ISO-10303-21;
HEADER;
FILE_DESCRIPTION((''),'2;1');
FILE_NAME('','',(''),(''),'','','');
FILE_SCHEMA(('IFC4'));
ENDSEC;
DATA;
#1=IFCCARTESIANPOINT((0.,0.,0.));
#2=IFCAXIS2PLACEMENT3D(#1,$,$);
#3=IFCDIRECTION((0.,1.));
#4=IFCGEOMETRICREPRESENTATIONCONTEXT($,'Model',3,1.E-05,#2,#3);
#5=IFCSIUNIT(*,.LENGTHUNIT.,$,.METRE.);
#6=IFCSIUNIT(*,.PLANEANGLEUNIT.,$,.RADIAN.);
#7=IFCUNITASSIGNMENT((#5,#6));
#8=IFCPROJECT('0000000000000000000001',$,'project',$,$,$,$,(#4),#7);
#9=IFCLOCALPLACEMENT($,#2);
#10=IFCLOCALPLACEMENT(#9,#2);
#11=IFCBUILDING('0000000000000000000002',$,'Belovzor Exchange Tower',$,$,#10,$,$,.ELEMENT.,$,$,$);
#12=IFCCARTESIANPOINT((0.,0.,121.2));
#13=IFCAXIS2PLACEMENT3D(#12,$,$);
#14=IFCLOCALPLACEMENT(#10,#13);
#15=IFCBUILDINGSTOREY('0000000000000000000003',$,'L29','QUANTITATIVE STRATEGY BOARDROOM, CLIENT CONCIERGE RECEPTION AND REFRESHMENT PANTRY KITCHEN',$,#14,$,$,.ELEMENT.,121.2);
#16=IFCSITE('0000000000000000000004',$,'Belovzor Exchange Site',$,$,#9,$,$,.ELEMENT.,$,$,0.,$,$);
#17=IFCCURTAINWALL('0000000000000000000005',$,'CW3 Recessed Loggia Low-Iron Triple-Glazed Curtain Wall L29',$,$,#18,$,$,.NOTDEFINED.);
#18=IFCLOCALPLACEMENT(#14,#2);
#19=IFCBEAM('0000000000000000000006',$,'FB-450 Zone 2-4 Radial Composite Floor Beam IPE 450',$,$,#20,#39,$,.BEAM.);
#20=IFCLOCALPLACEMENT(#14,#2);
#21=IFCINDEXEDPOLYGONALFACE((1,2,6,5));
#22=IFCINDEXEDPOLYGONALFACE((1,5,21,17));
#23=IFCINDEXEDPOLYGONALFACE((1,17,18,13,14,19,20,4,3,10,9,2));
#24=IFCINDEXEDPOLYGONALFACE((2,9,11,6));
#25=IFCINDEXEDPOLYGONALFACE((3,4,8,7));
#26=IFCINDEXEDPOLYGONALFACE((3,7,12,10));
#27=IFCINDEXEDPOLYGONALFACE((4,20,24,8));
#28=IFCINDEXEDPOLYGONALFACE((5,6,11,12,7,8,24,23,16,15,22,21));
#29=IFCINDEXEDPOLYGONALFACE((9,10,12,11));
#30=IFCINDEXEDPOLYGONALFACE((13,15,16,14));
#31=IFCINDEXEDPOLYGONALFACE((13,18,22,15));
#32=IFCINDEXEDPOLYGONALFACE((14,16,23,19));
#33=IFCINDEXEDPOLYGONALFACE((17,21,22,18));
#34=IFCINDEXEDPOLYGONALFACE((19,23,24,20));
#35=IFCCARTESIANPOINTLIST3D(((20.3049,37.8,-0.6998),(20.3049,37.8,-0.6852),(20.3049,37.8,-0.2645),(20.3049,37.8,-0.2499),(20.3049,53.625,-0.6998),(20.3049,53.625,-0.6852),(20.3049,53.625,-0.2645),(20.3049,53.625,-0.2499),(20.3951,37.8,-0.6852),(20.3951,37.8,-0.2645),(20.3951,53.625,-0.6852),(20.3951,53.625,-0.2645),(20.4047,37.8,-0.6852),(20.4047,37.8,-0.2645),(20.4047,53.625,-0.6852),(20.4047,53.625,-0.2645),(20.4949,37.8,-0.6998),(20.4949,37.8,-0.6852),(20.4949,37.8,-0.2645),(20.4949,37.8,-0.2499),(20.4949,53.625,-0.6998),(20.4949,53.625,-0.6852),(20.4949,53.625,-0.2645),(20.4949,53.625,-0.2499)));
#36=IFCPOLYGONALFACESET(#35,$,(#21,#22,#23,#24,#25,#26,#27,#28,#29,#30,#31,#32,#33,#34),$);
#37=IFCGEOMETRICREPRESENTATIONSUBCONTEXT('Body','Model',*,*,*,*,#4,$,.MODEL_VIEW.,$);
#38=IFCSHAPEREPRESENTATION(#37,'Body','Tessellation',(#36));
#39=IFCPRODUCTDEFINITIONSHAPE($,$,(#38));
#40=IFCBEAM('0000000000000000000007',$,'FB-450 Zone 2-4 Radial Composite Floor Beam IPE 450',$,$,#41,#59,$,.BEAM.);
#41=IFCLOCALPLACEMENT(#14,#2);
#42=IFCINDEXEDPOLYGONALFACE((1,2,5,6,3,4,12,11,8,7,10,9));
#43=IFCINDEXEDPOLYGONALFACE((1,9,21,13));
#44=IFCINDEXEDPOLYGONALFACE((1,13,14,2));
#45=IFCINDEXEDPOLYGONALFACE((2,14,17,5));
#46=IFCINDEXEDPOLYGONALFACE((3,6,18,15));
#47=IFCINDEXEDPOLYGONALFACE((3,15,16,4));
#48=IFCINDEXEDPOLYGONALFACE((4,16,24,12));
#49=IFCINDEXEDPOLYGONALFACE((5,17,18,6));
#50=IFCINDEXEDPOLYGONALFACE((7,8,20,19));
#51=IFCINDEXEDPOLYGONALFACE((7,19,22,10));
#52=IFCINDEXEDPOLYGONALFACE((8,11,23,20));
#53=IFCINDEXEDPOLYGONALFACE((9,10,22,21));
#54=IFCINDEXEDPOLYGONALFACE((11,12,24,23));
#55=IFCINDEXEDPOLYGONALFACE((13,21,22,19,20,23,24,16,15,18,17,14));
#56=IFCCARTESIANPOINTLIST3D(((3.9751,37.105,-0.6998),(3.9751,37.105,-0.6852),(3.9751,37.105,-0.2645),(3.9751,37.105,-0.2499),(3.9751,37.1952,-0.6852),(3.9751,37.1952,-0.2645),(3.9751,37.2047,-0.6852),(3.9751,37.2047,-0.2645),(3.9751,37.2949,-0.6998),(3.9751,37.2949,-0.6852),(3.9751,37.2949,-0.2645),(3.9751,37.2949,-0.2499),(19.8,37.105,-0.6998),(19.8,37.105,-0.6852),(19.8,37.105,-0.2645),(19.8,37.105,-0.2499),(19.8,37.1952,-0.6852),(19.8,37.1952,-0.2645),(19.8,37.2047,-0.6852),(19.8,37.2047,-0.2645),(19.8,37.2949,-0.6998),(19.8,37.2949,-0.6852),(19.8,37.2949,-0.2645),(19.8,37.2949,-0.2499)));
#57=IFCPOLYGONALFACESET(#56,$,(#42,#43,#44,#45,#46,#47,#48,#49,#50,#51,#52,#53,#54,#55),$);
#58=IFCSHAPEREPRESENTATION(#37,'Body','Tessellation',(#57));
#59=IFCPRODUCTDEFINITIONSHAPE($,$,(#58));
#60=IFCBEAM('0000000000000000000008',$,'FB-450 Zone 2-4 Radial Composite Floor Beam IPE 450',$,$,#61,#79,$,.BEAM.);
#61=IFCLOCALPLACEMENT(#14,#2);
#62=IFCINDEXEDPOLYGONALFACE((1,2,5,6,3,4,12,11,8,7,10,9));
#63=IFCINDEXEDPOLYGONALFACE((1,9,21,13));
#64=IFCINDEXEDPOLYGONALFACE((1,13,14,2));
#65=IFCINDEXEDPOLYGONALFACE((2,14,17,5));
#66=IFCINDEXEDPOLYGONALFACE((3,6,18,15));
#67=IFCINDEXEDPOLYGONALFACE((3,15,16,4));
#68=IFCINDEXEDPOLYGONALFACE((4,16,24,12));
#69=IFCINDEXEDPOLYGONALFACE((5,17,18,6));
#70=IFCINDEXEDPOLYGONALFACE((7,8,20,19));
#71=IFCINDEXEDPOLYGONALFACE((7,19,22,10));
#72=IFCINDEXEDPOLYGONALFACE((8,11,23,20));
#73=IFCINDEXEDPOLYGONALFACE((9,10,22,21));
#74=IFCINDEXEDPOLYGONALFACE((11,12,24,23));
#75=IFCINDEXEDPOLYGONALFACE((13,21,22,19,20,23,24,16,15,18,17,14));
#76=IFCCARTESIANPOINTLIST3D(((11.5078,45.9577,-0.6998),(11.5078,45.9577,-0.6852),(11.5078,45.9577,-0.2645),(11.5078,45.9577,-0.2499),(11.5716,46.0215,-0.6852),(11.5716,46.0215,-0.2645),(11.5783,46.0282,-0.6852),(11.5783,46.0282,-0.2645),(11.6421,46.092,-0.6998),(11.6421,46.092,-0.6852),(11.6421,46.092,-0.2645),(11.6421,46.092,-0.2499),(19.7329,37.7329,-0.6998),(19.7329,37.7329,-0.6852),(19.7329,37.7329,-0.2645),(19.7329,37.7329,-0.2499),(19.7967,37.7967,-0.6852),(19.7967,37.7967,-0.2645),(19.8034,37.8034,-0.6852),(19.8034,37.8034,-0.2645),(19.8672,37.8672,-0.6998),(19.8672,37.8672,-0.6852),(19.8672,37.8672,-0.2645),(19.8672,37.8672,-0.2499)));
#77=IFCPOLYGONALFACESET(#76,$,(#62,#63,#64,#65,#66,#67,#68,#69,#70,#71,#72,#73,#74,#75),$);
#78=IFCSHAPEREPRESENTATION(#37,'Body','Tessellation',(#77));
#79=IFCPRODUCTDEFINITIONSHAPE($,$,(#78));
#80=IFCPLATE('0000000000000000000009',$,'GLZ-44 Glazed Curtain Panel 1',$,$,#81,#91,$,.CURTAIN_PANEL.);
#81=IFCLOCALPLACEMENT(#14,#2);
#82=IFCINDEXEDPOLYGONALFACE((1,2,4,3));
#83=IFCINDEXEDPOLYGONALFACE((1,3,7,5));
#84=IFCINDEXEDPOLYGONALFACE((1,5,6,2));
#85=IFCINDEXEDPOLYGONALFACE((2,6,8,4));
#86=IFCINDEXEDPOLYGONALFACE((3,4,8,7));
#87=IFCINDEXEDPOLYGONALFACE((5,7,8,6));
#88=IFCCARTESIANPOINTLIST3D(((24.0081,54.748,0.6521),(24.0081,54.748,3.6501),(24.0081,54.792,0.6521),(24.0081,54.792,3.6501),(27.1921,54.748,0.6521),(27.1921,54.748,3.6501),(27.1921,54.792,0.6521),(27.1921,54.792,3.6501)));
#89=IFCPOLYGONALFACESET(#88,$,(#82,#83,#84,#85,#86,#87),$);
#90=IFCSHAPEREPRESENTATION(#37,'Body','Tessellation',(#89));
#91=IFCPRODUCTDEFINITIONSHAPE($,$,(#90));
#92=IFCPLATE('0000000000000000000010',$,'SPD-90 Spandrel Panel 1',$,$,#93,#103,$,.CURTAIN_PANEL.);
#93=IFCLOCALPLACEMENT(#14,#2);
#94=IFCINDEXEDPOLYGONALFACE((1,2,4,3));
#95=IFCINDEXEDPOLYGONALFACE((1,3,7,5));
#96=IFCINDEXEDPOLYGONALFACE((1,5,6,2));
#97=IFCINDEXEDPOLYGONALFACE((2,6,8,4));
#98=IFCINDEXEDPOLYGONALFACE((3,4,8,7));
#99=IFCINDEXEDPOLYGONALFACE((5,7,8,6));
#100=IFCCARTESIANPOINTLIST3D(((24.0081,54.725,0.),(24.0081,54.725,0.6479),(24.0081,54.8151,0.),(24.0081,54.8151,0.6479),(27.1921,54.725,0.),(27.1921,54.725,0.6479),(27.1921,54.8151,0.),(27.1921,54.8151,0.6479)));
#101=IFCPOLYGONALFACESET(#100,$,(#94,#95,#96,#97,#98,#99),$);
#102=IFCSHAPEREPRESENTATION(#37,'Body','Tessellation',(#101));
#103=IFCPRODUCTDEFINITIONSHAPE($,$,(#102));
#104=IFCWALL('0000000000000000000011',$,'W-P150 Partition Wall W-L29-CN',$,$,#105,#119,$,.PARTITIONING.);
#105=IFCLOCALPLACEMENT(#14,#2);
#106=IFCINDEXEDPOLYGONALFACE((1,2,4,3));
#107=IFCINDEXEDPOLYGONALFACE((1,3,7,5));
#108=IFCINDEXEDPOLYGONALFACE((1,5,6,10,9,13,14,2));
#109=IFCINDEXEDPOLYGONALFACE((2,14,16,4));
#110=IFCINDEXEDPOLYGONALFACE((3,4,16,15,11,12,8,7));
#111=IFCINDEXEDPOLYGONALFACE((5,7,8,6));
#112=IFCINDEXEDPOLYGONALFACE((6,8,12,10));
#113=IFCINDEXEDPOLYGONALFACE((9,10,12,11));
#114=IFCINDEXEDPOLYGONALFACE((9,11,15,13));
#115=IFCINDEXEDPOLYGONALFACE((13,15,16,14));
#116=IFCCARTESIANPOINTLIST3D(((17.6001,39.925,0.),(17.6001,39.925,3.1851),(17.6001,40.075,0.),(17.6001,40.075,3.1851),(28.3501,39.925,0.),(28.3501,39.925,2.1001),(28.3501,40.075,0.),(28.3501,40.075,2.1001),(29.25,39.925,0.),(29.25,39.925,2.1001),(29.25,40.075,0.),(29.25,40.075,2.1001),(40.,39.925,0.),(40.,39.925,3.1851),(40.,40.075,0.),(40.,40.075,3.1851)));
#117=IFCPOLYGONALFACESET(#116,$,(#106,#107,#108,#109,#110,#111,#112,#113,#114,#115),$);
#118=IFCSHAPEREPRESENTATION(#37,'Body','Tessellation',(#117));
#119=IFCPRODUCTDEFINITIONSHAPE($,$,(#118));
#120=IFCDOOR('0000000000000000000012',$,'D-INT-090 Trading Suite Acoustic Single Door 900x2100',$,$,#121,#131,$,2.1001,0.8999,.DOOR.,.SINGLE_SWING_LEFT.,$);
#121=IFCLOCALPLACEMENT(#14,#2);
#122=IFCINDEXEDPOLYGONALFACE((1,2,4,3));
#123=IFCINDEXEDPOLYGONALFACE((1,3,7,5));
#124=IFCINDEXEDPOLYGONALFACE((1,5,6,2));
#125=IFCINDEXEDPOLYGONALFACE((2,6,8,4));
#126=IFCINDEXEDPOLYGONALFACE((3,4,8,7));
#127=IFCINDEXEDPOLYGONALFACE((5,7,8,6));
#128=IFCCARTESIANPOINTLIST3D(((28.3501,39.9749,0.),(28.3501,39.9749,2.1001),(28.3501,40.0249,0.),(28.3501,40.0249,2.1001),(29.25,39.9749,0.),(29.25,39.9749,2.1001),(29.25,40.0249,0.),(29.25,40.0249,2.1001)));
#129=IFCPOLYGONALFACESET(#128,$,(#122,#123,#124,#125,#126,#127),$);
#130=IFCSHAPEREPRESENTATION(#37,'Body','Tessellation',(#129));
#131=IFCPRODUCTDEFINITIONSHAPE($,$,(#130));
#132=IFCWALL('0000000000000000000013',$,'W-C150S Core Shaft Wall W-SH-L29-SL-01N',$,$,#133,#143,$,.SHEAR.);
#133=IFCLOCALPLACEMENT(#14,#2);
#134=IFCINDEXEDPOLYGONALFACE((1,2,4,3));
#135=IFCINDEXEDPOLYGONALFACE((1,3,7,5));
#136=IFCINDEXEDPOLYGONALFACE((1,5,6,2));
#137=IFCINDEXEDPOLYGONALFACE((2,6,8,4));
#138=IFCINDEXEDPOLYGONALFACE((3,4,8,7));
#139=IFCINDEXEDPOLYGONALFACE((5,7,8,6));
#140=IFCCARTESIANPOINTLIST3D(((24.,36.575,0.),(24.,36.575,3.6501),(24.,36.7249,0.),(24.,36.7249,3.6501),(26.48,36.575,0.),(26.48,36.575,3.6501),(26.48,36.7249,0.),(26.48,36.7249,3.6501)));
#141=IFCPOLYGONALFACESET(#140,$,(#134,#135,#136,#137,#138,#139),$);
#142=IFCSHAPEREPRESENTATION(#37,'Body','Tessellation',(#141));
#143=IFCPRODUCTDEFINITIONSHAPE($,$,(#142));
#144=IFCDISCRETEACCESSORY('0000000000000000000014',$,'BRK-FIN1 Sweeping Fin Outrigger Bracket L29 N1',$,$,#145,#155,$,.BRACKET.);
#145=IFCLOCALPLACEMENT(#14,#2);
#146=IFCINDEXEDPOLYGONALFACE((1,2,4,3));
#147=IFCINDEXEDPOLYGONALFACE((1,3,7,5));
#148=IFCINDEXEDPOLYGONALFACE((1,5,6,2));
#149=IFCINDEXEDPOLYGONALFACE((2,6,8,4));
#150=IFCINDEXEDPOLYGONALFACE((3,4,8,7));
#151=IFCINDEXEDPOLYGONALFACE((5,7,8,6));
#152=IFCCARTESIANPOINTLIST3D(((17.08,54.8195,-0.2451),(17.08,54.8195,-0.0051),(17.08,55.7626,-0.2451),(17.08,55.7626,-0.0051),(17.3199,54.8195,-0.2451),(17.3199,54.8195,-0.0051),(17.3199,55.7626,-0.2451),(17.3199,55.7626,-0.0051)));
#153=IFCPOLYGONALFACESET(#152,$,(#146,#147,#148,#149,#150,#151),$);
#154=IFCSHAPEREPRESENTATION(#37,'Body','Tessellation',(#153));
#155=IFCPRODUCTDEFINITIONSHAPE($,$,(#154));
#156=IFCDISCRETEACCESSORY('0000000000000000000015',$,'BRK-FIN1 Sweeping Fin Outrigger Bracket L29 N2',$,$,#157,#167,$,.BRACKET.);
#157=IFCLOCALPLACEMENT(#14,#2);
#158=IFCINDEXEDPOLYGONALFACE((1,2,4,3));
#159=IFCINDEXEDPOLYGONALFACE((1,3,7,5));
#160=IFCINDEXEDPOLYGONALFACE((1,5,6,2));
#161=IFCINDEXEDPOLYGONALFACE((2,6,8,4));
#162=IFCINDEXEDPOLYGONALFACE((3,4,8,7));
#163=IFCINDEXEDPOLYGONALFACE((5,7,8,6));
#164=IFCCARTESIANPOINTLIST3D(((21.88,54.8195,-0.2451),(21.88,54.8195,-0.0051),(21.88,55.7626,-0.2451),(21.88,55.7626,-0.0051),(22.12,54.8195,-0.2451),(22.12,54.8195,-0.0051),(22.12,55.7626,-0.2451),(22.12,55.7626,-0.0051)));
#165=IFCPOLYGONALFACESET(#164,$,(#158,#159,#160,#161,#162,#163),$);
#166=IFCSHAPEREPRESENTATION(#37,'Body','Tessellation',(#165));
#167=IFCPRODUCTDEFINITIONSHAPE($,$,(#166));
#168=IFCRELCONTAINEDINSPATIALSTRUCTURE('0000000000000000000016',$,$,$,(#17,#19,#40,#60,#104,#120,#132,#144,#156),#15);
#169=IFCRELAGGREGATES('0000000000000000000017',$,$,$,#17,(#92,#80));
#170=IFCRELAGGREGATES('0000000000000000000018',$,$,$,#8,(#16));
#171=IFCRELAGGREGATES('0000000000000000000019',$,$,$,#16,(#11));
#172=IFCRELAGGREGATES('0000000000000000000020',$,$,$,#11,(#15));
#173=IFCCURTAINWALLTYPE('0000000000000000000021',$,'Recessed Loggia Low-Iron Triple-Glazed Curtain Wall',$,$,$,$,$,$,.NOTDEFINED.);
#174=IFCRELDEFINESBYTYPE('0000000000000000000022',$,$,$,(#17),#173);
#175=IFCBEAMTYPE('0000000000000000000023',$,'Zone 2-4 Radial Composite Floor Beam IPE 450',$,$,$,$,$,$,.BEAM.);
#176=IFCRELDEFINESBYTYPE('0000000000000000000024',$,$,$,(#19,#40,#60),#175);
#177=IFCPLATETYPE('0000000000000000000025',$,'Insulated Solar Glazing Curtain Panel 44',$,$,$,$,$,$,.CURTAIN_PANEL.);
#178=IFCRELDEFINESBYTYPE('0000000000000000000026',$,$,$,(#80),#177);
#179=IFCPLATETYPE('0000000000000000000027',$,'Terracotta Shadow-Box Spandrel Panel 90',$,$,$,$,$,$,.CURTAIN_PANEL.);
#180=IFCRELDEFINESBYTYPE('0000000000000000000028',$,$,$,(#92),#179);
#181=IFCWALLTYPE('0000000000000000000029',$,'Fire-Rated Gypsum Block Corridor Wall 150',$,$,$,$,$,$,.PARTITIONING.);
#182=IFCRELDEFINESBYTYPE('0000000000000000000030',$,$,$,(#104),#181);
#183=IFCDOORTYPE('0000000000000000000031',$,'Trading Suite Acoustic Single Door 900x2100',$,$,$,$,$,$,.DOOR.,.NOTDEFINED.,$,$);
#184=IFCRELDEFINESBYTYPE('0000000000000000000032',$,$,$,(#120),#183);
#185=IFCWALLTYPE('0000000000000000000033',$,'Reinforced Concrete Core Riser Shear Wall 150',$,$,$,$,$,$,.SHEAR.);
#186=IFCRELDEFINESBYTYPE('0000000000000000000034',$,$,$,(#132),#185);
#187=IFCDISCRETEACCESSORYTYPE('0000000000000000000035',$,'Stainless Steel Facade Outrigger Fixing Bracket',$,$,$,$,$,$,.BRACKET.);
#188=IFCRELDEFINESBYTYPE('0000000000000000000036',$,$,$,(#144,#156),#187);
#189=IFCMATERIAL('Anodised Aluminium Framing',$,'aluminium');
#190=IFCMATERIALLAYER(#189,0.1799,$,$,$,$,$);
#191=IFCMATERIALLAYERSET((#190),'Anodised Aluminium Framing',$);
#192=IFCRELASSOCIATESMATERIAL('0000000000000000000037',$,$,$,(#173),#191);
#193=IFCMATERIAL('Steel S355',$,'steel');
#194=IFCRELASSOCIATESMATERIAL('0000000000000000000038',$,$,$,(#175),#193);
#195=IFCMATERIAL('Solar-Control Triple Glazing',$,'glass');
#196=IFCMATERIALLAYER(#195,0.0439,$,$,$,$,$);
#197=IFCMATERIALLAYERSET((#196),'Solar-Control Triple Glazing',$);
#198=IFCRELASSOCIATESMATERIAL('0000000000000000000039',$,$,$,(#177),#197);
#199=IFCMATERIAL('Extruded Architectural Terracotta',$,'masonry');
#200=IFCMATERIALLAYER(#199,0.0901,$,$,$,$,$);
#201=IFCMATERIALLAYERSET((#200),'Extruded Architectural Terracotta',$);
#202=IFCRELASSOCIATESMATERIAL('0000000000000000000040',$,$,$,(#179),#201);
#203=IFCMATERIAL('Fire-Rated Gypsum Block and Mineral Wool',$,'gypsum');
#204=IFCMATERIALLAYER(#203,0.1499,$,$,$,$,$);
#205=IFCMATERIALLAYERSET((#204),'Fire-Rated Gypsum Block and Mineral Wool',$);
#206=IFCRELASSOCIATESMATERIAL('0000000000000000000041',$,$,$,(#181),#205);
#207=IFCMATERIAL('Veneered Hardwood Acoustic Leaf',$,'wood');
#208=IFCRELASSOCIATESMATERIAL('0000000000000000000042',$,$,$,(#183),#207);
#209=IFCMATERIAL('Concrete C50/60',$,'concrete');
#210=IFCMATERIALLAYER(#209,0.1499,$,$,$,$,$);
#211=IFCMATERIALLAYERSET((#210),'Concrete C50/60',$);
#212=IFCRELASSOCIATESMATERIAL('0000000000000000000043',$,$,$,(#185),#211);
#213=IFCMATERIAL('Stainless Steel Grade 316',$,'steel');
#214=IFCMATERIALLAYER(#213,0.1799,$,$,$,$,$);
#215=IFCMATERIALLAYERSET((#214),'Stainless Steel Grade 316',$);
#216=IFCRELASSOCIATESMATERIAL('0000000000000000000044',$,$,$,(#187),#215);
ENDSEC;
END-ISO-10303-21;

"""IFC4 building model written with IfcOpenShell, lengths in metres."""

from ifc_helpers import new_model, si_unit, direction, frame, frame_2d, origin, origin_2d, place, context, subcontext, project, spatial, rectangle, i_section, extrude, material, layer, layer_set, material_profile, profile_set, type_object, element, fill, aggregate, save


model = new_model("IFC4")

# Units and contexts
model_context = context("Model", 3, precision=1e-05, world=origin(), true_north=direction((0.0, 1.0)))
body_context = subcontext(model_context, "Body", "Model", "MODEL_VIEW")
ifc_project = project(units=[si_unit("LENGTHUNIT", "METRE"), si_unit("PLANEANGLEUNIT", "RADIAN")], contexts=[model_context])

# Site, building, storey
site_placement = place(None, origin())
site = spatial("IfcSite", under=ifc_project, at=site_placement, Name="Belovzor Exchange Site", CompositionType="ELEMENT", RefElevation=0.0)
building_placement = place(site_placement, origin())
building = spatial("IfcBuilding", under=site, at=building_placement, Name="Belovzor Exchange Tower", CompositionType="ELEMENT")
storey_placement = place(building_placement, frame((0.0, 0.0, 121.2)))
storey = spatial("IfcBuildingStorey", under=building, at=storey_placement, Name="L29", Description="QUANTITATIVE STRATEGY BOARDROOM, CLIENT CONCIERGE RECEPTION AND REFRESHMENT PANTRY KITCHEN", CompositionType="ELEMENT", Elevation=121.2)

# Curtain wall
ifc_material_1 = material(Name="Anodised Aluminium Framing", Category="aluminium")
ifc_layer_1 = layer(ifc_material_1, 0.1799)
ifc_layer_set_1 = layer_set([ifc_layer_1], Name="Anodised Aluminium Framing")
curtain_wall_type = type_object("IfcCurtainWallType", Name="Recessed Loggia Low-Iron Triple-Glazed Curtain Wall", PredefinedType="NOTDEFINED", material=ifc_layer_set_1)
curtain_wall_placement = place(storey_placement, origin())
curtain_wall = element("IfcCurtainWall", 1, at=curtain_wall_placement, inside=storey, type_object=curtain_wall_type, Name="CW3 Recessed Loggia Low-Iron Triple-Glazed Curtain Wall L29", PredefinedType="NOTDEFINED")

# Beams
ifc_material_2 = material(Name="Steel S355", Category="steel")
ifc_material_profile_1 = material_profile(ifc_material_2, i_section(OverallWidth=0.1899, OverallDepth=0.45, WebThickness=0.0095, FlangeThickness=0.0146, at=origin_2d()))
ifc_profile_set_1 = profile_set([ifc_material_profile_1], Name="Steel S355")
beam_type_1 = type_object("IfcBeamType", Name="Zone 2-4 Radial Composite Floor Beam IPE 450", PredefinedType="BEAM", material=ifc_profile_set_1)
for number, where, z_axis, x_axis, name in (
    (2, (20.3999, 37.8, -0.4749), (0.0, 1.0, 0.0), (-1.0, 0.0, 0.0), "FB-450 Zone 2-4 Radial Composite Floor Beam IPE 450"),
    (3, (19.8, 37.2, -0.4749), (-1.0, 0.0, 0.0), (0.0, -1.0, 0.0), "FB-450 Zone 2-4 Radial Composite Floor Beam IPE 450"),
):
    element("IfcBeam", number, at=place(storey_placement, frame(where, z_axis=z_axis, x_axis=x_axis)), inside=storey, type_object=beam_type_1, Name=name, PredefinedType="BEAM", context=body_context, shape_type="SweptSolid", body=[
        extrude(i_section(OverallWidth=0.1899, OverallDepth=0.45, WebThickness=0.0095, FlangeThickness=0.0146, at=origin_2d()), origin(), (0.0, 0.0, 1.0), 15.825),
    ])
beam_1_placement = place(storey_placement, frame((19.8, 37.8, -0.4749), z_axis=(-0.707117, 0.707096, 0.0), x_axis=(-0.707096, -0.707117, 0.0)))
element("IfcBeam", 4, at=beam_1_placement, inside=storey, type_object=beam_type_1, Name="FB-450 Zone 2-4 Radial Composite Floor Beam IPE 450", PredefinedType="BEAM", context=body_context, shape_type="SweptSolid", body=[
    extrude(i_section(OverallWidth=0.1899, OverallDepth=0.45, WebThickness=0.0095, FlangeThickness=0.0146, at=origin_2d()), origin(), (0.0, 0.0, 1.0), 11.6318),
])

# Plates
ifc_material_3 = material(Name="Solar-Control Triple Glazing", Category="glass")
ifc_layer_2 = layer(ifc_material_3, 0.0439)
ifc_layer_set_2 = layer_set([ifc_layer_2], Name="Solar-Control Triple Glazing")
plate_type_1 = type_object("IfcPlateType", Name="Insulated Solar Glazing Curtain Panel 44", PredefinedType="CURTAIN_PANEL", material=ifc_layer_set_2)
plate_1_placement = place(storey_placement, frame((25.6001, 54.77, 0.6521), z_axis=(0.0, 0.0, 1.0), x_axis=(1.0, 0.0, 0.0)))
plate_1 = element("IfcPlate", 5, at=plate_1_placement, type_object=plate_type_1, Name="GLZ-44 Glazed Curtain Panel 1", PredefinedType="CURTAIN_PANEL", context=body_context, shape_type="SweptSolid", body=[
    extrude(rectangle(XDim=3.1841, YDim=0.0439, at=origin_2d()), origin(), (0.0, 0.0, 1.0), 2.998),
])
ifc_material_4 = material(Name="Extruded Architectural Terracotta", Category="masonry")
ifc_layer_3 = layer(ifc_material_4, 0.0901)
ifc_layer_set_3 = layer_set([ifc_layer_3], Name="Extruded Architectural Terracotta")
plate_type_2 = type_object("IfcPlateType", Name="Terracotta Shadow-Box Spandrel Panel 90", PredefinedType="CURTAIN_PANEL", material=ifc_layer_set_3)
plate_2_placement = place(storey_placement, frame((25.6001, 54.77, 0.0), z_axis=(0.0, 0.0, 1.0), x_axis=(1.0, 0.0, 0.0)))
plate_2 = element("IfcPlate", 6, at=plate_2_placement, type_object=plate_type_2, Name="SPD-90 Spandrel Panel 1", PredefinedType="CURTAIN_PANEL", context=body_context, shape_type="SweptSolid", body=[
    extrude(rectangle(XDim=3.1841, YDim=0.0901, at=origin_2d()), origin(), (0.0, 0.0, 1.0), 0.6479),
])
aggregate(curtain_wall, [plate_2, plate_1])

# Wall, opening, door
ifc_material_5 = material(Name="Fire-Rated Gypsum Block and Mineral Wool", Category="gypsum")
ifc_layer_4 = layer(ifc_material_5, 0.1499)
ifc_layer_set_4 = layer_set([ifc_layer_4], Name="Fire-Rated Gypsum Block and Mineral Wool")
wall_type_1 = type_object("IfcWallType", Name="Fire-Rated Gypsum Block Corridor Wall 150", PredefinedType="PARTITIONING", material=ifc_layer_set_4)
wall_1_placement = place(storey_placement, frame((17.6001, 40.0, 0.0), z_axis=(0.0, 0.0, 1.0), x_axis=(1.0, 0.0, 0.0)))
wall_1 = element("IfcWall", 7, at=wall_1_placement, inside=storey, type_object=wall_type_1, Name="W-P150 Partition Wall W-L29-CN", PredefinedType="PARTITIONING", context=body_context, shape_type="SweptSolid", body=[
    extrude(rectangle(XDim=22.3999, YDim=0.1499, at=frame_2d((11.2, 0.0))), origin(), (0.0, 0.0, 1.0), 3.1851),
])
opening_1_placement = place(wall_1_placement, frame((10.75, 0.0, 0.0)))
opening_1 = element("IfcOpeningElement", 8, at=opening_1_placement, cuts=wall_1, PredefinedType="OPENING", context=body_context, shape_type="SweptSolid", body=[
    extrude(rectangle(XDim=0.8999, YDim=2.1001, at=frame_2d((0.45, 1.05))), frame((0.0, 0.085, 0.0), z_axis=(0.0, -1.0, 0.0), x_axis=(1.0, 0.0, 0.0)), (0.0, 0.0, 1.0), 0.1699),
])
ifc_material_6 = material(Name="Veneered Hardwood Acoustic Leaf", Category="wood")
door_type_1 = type_object("IfcDoorType", Name="Trading Suite Acoustic Single Door 900x2100", OperationType="NOTDEFINED", PredefinedType="DOOR", material=ifc_material_6)
door_1_placement = place(opening_1_placement, origin())
door_1 = element("IfcDoor", 9, at=door_1_placement, inside=storey, type_object=door_type_1, Name="D-INT-090 Trading Suite Acoustic Single Door 900x2100", OperationType="SINGLE_SWING_LEFT", OverallHeight=2.1001, OverallWidth=0.8999, PredefinedType="DOOR", context=body_context, shape_type="SweptSolid", body=[
    extrude(rectangle(XDim=0.8999, YDim=2.1001, at=frame_2d((0.45, 1.05))), frame((0.0, 0.0249, 0.0), z_axis=(0.0, -1.0, 0.0), x_axis=(1.0, 0.0, 0.0)), (0.0, 0.0, 1.0), 0.05),
])
fill(opening_1, door_1)

# Wall
ifc_material_7 = material(Name="Concrete C50/60", Category="concrete")
ifc_layer_5 = layer(ifc_material_7, 0.1499)
ifc_layer_set_5 = layer_set([ifc_layer_5], Name="Concrete C50/60")
wall_type_2 = type_object("IfcWallType", Name="Reinforced Concrete Core Riser Shear Wall 150", PredefinedType="SHEAR", material=ifc_layer_set_5)
wall_2_placement = place(storey_placement, frame((24.0, 36.6499, 0.0), z_axis=(0.0, 0.0, 1.0), x_axis=(1.0, 0.0, 0.0)))
element("IfcWall", 10, at=wall_2_placement, inside=storey, type_object=wall_type_2, Name="W-C150S Core Shaft Wall W-SH-L29-SL-01N", PredefinedType="SHEAR", context=body_context, shape_type="SweptSolid", body=[
    extrude(rectangle(XDim=2.48, YDim=0.1499, at=frame_2d((1.24, 0.0))), origin(), (0.0, 0.0, 1.0), 3.6501),
])

# Discrete accessories
ifc_material_8 = material(Name="Stainless Steel Grade 316", Category="steel")
ifc_layer_6 = layer(ifc_material_8, 0.1799)
ifc_layer_set_6 = layer_set([ifc_layer_6], Name="Stainless Steel Grade 316")
discrete_accessory_type = type_object("IfcDiscreteAccessoryType", Name="Stainless Steel Facade Outrigger Fixing Bracket", PredefinedType="BRACKET", material=ifc_layer_set_6)
for number, where, z_axis, x_axis, name in (
    (11, (17.2, 55.291, -0.2451), (0.0, 0.0, 1.0), (0.0, 1.0, 0.0), "BRK-FIN1 Sweeping Fin Outrigger Bracket L29 N1"),
    (12, (22.0, 55.291, -0.2451), (0.0, 0.0, 1.0), (0.0, 1.0, 0.0), "BRK-FIN1 Sweeping Fin Outrigger Bracket L29 N2"),
):
    element("IfcDiscreteAccessory", number, at=place(storey_placement, frame(where, z_axis=z_axis, x_axis=x_axis)), inside=storey, type_object=discrete_accessory_type, Name=name, PredefinedType="BRACKET", context=body_context, shape_type="SweptSolid", body=[
        extrude(rectangle(XDim=0.9431, YDim=0.24, at=origin_2d()), origin(), (0.0, 0.0, 1.0), 0.24),
    ])

save(model, "model.ifc")
